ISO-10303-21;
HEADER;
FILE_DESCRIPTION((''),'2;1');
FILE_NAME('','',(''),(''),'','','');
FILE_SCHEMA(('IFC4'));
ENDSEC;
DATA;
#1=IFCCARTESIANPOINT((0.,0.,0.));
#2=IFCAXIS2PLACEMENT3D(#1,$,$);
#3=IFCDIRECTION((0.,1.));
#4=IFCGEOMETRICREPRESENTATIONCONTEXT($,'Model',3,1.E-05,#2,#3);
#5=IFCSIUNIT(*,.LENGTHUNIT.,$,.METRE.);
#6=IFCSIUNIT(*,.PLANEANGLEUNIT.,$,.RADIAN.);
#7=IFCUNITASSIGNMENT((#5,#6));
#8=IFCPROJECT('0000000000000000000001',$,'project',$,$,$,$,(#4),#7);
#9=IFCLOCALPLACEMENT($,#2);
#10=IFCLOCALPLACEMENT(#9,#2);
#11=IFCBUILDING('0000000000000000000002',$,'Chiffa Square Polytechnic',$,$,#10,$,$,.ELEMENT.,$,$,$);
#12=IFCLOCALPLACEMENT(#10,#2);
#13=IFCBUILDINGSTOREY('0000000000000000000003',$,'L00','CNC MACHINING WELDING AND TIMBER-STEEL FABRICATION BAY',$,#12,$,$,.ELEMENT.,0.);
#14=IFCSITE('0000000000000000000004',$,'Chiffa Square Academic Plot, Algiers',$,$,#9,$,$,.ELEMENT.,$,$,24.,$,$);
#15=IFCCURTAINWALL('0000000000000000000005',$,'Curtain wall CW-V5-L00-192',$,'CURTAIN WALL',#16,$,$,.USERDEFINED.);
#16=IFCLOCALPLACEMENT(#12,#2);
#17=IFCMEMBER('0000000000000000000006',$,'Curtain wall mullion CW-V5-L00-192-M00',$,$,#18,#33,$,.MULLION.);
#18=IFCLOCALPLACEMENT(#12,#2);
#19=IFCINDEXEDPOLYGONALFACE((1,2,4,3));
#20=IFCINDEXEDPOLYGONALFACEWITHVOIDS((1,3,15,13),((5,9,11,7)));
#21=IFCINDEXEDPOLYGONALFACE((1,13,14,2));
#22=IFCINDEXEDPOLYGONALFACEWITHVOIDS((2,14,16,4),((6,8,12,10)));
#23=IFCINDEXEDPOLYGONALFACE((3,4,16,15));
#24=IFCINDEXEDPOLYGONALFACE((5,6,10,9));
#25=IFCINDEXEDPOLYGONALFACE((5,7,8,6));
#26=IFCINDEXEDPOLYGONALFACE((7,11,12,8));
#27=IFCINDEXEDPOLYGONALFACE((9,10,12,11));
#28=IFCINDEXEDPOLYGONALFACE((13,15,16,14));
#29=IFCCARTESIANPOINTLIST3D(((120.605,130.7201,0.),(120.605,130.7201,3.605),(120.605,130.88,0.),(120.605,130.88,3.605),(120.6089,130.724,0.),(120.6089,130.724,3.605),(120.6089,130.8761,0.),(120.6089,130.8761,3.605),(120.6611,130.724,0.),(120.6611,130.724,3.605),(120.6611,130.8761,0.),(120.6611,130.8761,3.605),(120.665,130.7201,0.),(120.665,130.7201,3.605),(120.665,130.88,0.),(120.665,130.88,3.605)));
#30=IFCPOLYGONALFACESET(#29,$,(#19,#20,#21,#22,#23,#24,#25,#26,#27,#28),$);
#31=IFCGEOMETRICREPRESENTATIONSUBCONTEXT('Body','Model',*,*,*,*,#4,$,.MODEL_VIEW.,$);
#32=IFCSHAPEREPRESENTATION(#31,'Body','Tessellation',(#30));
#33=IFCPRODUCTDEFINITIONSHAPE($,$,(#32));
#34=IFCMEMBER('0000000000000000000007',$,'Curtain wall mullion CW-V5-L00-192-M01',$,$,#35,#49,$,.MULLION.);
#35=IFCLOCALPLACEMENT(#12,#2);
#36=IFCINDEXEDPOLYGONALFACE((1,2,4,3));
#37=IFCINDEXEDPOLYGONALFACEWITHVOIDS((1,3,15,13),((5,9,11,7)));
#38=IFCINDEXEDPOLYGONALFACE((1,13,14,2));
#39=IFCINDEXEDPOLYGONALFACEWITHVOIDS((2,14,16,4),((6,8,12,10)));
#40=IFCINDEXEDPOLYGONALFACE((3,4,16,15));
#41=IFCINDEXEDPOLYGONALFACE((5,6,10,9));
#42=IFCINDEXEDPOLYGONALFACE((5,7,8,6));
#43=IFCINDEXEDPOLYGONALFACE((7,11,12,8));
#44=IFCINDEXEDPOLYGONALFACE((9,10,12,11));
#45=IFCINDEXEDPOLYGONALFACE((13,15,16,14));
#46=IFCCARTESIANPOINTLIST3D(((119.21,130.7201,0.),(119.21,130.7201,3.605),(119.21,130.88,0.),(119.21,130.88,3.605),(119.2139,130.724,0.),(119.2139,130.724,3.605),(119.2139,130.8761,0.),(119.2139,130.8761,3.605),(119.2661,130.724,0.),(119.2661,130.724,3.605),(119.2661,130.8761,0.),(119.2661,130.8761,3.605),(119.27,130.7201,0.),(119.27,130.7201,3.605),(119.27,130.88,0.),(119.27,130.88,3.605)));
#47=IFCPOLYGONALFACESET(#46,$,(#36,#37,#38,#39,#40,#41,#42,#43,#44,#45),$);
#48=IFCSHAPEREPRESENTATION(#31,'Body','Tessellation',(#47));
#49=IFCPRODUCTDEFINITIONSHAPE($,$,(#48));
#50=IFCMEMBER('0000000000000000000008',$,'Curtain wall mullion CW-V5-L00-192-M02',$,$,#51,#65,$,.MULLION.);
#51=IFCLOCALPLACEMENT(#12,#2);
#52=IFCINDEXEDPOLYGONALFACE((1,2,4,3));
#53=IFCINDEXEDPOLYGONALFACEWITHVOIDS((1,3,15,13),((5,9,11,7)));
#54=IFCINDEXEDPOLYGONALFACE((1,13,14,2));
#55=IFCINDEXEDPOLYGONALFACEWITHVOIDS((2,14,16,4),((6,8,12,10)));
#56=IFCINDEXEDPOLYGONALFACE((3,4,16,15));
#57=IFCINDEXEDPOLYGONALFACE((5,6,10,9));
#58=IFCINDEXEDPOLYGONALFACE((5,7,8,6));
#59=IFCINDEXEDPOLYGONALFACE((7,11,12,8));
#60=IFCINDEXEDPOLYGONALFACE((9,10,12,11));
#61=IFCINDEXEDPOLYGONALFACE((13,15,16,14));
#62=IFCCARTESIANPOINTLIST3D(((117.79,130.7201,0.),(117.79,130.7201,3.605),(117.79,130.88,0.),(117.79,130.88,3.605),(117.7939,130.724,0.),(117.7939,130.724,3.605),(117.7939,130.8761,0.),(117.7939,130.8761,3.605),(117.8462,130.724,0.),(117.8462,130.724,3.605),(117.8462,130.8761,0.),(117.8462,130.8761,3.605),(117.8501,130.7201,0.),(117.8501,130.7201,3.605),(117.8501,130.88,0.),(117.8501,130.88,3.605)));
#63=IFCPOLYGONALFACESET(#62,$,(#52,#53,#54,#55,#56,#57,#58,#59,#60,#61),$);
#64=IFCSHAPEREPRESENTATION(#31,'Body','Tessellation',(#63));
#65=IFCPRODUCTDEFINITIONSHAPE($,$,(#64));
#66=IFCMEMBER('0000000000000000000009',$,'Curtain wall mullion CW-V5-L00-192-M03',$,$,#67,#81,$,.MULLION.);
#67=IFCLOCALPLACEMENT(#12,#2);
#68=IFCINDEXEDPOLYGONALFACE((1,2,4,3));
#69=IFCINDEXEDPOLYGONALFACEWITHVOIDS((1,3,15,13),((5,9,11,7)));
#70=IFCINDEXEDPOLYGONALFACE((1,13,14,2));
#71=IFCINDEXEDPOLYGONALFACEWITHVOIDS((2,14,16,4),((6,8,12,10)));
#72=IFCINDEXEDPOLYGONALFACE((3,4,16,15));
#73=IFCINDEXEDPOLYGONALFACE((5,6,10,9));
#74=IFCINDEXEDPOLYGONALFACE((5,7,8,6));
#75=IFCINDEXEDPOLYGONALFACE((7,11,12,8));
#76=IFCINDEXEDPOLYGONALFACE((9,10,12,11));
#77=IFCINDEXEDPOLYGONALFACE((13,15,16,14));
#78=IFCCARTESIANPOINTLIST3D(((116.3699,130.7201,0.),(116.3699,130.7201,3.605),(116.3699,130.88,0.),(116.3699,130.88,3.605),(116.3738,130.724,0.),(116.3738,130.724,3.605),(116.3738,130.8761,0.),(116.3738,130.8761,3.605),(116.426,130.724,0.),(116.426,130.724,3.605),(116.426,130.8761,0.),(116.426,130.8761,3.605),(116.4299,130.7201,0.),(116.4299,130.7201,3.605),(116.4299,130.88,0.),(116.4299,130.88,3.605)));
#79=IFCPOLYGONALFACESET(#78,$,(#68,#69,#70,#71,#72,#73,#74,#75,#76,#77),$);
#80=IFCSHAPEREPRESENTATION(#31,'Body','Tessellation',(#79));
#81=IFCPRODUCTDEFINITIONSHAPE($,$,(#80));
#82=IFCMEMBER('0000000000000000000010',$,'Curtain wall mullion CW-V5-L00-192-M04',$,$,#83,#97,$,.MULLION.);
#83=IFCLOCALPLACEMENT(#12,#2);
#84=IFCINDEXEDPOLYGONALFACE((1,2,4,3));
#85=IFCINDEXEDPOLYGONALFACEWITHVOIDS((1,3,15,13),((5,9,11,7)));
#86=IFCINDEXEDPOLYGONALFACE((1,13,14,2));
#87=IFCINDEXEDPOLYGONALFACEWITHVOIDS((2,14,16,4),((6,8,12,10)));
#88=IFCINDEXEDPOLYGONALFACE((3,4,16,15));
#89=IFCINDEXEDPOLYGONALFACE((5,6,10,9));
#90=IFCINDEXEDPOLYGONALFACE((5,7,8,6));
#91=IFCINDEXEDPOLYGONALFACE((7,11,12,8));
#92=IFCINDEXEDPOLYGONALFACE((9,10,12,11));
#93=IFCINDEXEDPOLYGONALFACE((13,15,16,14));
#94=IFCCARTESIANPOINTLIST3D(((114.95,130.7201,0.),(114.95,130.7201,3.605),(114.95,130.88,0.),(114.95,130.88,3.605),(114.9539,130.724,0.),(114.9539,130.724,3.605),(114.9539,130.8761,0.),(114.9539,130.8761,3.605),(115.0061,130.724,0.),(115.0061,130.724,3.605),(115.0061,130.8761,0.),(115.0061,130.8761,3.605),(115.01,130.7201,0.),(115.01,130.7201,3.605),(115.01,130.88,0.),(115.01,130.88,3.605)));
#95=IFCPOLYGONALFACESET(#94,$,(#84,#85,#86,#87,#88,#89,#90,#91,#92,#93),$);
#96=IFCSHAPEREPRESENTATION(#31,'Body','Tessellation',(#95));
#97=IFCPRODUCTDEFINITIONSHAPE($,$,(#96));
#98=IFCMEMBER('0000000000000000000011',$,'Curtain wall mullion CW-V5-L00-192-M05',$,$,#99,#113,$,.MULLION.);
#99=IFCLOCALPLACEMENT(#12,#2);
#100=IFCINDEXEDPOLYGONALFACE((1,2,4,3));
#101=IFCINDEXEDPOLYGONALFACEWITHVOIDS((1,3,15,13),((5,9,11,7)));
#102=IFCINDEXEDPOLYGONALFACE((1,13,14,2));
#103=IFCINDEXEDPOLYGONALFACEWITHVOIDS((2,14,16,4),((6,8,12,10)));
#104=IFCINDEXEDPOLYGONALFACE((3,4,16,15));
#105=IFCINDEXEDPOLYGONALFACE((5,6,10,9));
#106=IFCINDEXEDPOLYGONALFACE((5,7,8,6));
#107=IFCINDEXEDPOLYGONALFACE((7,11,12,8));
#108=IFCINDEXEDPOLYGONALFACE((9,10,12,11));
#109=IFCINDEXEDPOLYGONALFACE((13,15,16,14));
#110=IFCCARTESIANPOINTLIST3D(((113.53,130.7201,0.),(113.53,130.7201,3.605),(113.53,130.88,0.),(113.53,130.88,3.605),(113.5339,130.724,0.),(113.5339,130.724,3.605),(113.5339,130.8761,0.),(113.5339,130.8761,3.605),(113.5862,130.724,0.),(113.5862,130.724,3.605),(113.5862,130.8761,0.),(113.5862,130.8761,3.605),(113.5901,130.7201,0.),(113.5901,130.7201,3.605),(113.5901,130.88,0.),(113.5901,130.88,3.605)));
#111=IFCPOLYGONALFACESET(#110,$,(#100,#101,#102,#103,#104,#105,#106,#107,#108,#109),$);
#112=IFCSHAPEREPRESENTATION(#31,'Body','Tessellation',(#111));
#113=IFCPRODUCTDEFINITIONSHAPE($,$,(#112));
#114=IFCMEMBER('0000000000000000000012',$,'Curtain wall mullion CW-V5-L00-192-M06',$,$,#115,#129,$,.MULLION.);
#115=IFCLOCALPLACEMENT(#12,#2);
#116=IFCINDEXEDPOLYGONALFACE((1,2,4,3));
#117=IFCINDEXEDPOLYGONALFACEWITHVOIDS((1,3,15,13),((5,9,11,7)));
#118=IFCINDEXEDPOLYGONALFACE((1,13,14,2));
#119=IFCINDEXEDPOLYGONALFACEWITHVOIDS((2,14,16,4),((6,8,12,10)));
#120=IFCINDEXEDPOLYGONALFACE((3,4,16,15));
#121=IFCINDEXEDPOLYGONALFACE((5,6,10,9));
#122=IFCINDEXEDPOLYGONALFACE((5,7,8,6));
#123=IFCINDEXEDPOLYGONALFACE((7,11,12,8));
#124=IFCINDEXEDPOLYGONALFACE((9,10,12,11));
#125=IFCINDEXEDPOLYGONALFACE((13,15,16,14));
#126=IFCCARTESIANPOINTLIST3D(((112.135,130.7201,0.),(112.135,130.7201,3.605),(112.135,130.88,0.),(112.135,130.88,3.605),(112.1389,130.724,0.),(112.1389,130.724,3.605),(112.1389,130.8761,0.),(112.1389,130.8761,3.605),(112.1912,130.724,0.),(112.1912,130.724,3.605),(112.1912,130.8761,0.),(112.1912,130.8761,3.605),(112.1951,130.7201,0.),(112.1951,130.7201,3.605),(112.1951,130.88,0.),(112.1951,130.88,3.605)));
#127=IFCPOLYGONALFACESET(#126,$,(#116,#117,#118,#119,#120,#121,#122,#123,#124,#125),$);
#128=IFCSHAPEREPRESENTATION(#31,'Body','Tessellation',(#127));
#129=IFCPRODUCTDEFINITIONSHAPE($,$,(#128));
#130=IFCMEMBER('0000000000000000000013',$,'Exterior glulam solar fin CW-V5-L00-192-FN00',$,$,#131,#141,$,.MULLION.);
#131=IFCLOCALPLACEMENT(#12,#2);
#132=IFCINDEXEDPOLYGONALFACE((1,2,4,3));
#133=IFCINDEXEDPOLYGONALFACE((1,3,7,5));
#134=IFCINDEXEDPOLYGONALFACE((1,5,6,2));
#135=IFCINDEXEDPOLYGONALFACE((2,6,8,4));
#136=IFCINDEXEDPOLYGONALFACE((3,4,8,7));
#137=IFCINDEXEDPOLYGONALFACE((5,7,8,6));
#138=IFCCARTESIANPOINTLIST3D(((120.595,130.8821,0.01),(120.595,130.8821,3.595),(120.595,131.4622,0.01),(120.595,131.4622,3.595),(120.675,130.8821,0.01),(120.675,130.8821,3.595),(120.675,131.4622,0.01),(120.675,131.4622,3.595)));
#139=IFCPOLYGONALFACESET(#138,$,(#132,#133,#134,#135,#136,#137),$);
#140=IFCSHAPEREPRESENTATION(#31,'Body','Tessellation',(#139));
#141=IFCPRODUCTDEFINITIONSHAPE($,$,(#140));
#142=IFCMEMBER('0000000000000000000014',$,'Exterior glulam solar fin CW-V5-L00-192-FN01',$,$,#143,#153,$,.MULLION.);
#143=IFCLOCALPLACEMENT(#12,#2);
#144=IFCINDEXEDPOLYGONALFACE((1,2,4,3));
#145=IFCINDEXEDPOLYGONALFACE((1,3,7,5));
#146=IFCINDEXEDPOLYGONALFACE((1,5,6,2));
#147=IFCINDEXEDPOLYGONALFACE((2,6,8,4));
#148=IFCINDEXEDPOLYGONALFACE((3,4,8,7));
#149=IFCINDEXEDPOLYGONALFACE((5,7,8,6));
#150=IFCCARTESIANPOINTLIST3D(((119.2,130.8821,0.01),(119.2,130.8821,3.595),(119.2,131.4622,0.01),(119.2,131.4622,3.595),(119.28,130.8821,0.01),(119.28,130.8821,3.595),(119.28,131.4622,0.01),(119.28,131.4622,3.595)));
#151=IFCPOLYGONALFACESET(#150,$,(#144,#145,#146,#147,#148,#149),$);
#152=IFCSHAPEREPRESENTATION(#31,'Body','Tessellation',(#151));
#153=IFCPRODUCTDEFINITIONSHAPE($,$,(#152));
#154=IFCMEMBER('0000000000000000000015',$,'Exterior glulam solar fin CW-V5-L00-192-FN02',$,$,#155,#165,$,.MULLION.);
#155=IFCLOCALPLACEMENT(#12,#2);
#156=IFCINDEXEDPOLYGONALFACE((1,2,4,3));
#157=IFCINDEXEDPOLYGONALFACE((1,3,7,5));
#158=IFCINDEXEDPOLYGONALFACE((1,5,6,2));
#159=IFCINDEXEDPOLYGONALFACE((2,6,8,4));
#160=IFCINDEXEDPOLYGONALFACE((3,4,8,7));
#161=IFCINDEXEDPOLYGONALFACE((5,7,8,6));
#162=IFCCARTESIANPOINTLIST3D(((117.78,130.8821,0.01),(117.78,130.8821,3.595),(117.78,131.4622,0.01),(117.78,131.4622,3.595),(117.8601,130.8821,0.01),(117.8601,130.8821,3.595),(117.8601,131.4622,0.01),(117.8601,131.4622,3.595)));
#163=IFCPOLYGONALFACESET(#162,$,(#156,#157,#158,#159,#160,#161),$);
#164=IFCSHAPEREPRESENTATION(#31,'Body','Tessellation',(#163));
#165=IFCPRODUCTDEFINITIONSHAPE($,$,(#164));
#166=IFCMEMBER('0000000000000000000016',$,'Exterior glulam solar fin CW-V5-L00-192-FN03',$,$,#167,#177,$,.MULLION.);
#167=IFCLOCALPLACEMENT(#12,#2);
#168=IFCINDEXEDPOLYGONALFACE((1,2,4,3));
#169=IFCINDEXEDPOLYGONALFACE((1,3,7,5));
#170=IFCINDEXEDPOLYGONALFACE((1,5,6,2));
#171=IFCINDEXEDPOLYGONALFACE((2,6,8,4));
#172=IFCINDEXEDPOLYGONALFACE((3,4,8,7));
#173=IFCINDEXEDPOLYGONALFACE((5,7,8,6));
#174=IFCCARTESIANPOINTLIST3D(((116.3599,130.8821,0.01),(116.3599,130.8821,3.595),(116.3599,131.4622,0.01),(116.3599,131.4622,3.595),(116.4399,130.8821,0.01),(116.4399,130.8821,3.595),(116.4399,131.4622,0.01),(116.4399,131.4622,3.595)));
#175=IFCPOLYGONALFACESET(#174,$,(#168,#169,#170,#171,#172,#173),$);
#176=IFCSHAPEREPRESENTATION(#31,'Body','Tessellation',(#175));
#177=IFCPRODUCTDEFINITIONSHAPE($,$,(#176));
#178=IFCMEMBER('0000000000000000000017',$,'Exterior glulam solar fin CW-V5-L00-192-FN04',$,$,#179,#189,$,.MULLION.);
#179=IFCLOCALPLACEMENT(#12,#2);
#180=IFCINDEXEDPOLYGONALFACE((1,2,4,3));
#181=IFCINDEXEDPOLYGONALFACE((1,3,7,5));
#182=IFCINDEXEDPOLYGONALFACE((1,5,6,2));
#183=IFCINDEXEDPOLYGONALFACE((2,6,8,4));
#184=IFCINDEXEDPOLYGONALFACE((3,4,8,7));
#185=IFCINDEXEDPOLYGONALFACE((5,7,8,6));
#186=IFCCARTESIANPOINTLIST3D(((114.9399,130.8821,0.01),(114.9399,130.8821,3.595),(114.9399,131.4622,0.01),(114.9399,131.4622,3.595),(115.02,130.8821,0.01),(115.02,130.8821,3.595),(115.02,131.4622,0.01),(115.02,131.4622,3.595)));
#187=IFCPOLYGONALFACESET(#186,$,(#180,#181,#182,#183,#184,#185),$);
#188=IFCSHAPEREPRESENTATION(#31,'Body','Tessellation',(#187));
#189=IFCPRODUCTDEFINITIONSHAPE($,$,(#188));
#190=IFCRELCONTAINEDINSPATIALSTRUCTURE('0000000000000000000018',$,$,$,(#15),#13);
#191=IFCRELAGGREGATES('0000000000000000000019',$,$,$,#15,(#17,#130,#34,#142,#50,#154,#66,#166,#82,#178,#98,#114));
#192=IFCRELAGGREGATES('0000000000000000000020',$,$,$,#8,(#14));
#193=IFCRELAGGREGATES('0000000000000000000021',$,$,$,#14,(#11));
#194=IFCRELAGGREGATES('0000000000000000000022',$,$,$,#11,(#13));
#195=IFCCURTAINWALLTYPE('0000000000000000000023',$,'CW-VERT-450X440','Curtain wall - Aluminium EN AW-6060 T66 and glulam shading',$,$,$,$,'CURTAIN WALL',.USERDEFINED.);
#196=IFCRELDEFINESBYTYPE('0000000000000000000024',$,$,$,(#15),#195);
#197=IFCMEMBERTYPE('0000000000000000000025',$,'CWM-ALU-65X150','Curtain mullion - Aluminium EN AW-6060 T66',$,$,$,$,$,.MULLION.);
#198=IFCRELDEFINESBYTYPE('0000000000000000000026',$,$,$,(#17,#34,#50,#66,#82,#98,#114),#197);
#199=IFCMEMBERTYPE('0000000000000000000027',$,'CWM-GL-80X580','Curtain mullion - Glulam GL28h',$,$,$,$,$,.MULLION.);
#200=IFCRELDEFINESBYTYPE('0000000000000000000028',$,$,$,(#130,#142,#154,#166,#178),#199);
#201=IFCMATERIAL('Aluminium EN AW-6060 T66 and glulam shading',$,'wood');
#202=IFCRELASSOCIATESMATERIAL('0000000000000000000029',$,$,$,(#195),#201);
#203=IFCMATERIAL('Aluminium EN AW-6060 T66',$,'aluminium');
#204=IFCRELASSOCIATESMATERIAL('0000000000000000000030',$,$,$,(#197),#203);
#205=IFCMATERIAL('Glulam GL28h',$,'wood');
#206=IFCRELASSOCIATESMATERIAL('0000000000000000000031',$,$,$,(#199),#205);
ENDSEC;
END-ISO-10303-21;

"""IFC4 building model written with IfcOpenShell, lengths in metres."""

from ifc_helpers import new_model, si_unit, direction, frame, origin, origin_2d, place, context, subcontext, project, spatial, rectangle, hollow_rectangle, extrude, material, material_profile, profile_set, type_object, element, aggregate, save


model = new_model("IFC4")

# Units and contexts
model_context = context("Model", 3, precision=1e-05, world=origin(), true_north=direction((0.0, 1.0)))
body_context = subcontext(model_context, "Body", "Model", "MODEL_VIEW")
ifc_project = project(units=[si_unit("LENGTHUNIT", "METRE"), si_unit("PLANEANGLEUNIT", "RADIAN")], contexts=[model_context])

# Site, building, storey
site_placement = place(None, origin())
site = spatial("IfcSite", under=ifc_project, at=site_placement, Name="Chiffa Square Academic Plot, Algiers", CompositionType="ELEMENT", RefElevation=24.0)
building_placement = place(site_placement, origin())
building = spatial("IfcBuilding", under=site, at=building_placement, Name="Chiffa Square Polytechnic", CompositionType="ELEMENT")
storey_placement = place(building_placement, origin())
storey = spatial("IfcBuildingStorey", under=building, at=storey_placement, Name="L00", Description="CNC MACHINING WELDING AND TIMBER-STEEL FABRICATION BAY", CompositionType="ELEMENT", Elevation=0.0)

# Curtain wall, members
ifc_material_1 = material(Name="Aluminium EN AW-6060 T66 and glulam shading", Category="wood")
curtain_wall_type = type_object("IfcCurtainWallType", Name="CW-VERT-450X440", Description="Curtain wall - Aluminium EN AW-6060 T66 and glulam shading", ElementType="CURTAIN WALL", PredefinedType="USERDEFINED", material=ifc_material_1)
curtain_wall_placement = place(storey_placement, origin())
curtain_wall = element("IfcCurtainWall", 1, at=curtain_wall_placement, inside=storey, type_object=curtain_wall_type, Name="Curtain wall CW-V5-L00-192", ObjectType="CURTAIN WALL", PredefinedType="USERDEFINED")
ifc_material_2 = material(Name="Aluminium EN AW-6060 T66", Category="aluminium")
ifc_material_profile_1 = material_profile(ifc_material_2, hollow_rectangle(XDim=0.0601, YDim=0.1599, WallThickness=0.0039, at=origin_2d()), Name="ALU 60x160x4")
ifc_profile_set_1 = profile_set([ifc_material_profile_1], Name="Aluminium EN AW-6060 T66")
member_type_1 = type_object("IfcMemberType", Name="CWM-ALU-65X150", Description="Curtain mullion - Aluminium EN AW-6060 T66", PredefinedType="MULLION", material=ifc_profile_set_1)
member_1_placement = place(storey_placement, frame((120.635, 130.8, 0.0), z_axis=(0.0, 0.0, 1.0), x_axis=(1.0, 0.0, 0.0)))
member_1 = element("IfcMember", 2, at=member_1_placement, type_object=member_type_1, Name="Curtain wall mullion CW-V5-L00-192-M00", PredefinedType="MULLION", context=body_context, shape_type="SweptSolid", body=[
    extrude(hollow_rectangle(XDim=0.0601, YDim=0.1599, WallThickness=0.0039, at=origin_2d()), origin(), (0.0, 0.0, 1.0), 3.605),
])
member_2_placement = place(storey_placement, frame((119.24, 130.8, 0.0), z_axis=(0.0, 0.0, 1.0), x_axis=(1.0, 0.0, 0.0)))
member_2 = element("IfcMember", 3, at=member_2_placement, type_object=member_type_1, Name="Curtain wall mullion CW-V5-L00-192-M01", PredefinedType="MULLION", context=body_context, shape_type="SweptSolid", body=[
    extrude(hollow_rectangle(XDim=0.0601, YDim=0.1599, WallThickness=0.0039, at=origin_2d()), origin(), (0.0, 0.0, 1.0), 3.605),
])
member_3_placement = place(storey_placement, frame((117.8201, 130.8, 0.0), z_axis=(0.0, 0.0, 1.0), x_axis=(1.0, 0.0, 0.0)))
member_3 = element("IfcMember", 4, at=member_3_placement, type_object=member_type_1, Name="Curtain wall mullion CW-V5-L00-192-M02", PredefinedType="MULLION", context=body_context, shape_type="SweptSolid", body=[
    extrude(hollow_rectangle(XDim=0.0601, YDim=0.1599, WallThickness=0.0039, at=origin_2d()), origin(), (0.0, 0.0, 1.0), 3.605),
])
member_4_placement = place(storey_placement, frame((116.3999, 130.8, 0.0), z_axis=(0.0, 0.0, 1.0), x_axis=(1.0, 0.0, 0.0)))
member_4 = element("IfcMember", 5, at=member_4_placement, type_object=member_type_1, Name="Curtain wall mullion CW-V5-L00-192-M03", PredefinedType="MULLION", context=body_context, shape_type="SweptSolid", body=[
    extrude(hollow_rectangle(XDim=0.0601, YDim=0.1599, WallThickness=0.0039, at=origin_2d()), origin(), (0.0, 0.0, 1.0), 3.605),
])
member_5_placement = place(storey_placement, frame((114.98, 130.8, 0.0), z_axis=(0.0, 0.0, 1.0), x_axis=(1.0, 0.0, 0.0)))
member_5 = element("IfcMember", 6, at=member_5_placement, type_object=member_type_1, Name="Curtain wall mullion CW-V5-L00-192-M04", PredefinedType="MULLION", context=body_context, shape_type="SweptSolid", body=[
    extrude(hollow_rectangle(XDim=0.0601, YDim=0.1599, WallThickness=0.0039, at=origin_2d()), origin(), (0.0, 0.0, 1.0), 3.605),
])
member_6_placement = place(storey_placement, frame((113.5601, 130.8, 0.0), z_axis=(0.0, 0.0, 1.0), x_axis=(1.0, 0.0, 0.0)))
member_6 = element("IfcMember", 7, at=member_6_placement, type_object=member_type_1, Name="Curtain wall mullion CW-V5-L00-192-M05", PredefinedType="MULLION", context=body_context, shape_type="SweptSolid", body=[
    extrude(hollow_rectangle(XDim=0.0601, YDim=0.1599, WallThickness=0.0039, at=origin_2d()), origin(), (0.0, 0.0, 1.0), 3.605),
])
member_7_placement = place(storey_placement, frame((112.165, 130.8, 0.0), z_axis=(0.0, 0.0, 1.0), x_axis=(1.0, 0.0, 0.0)))
member_7 = element("IfcMember", 8, at=member_7_placement, type_object=member_type_1, Name="Curtain wall mullion CW-V5-L00-192-M06", PredefinedType="MULLION", context=body_context, shape_type="SweptSolid", body=[
    extrude(hollow_rectangle(XDim=0.0601, YDim=0.1599, WallThickness=0.0039, at=origin_2d()), origin(), (0.0, 0.0, 1.0), 3.605),
])
ifc_material_3 = material(Name="Glulam GL28h", Category="wood")
ifc_material_profile_2 = material_profile(ifc_material_3, rectangle(XDim=0.0801, YDim=0.5801, at=origin_2d()), Name="GL28h 80x580")
ifc_profile_set_2 = profile_set([ifc_material_profile_2], Name="Glulam GL28h")
member_type_2 = type_object("IfcMemberType", Name="CWM-GL-80X580", Description="Curtain mullion - Glulam GL28h", PredefinedType="MULLION", material=ifc_profile_set_2)
member_8_placement = place(storey_placement, frame((120.635, 131.1721, 0.01), z_axis=(0.0, 0.0, 1.0), x_axis=(-1.0, 0.0, 0.0)))
member_8 = element("IfcMember", 9, at=member_8_placement, type_object=member_type_2, Name="Exterior glulam solar fin CW-V5-L00-192-FN00", PredefinedType="MULLION", context=body_context, shape_type="SweptSolid", body=[
    extrude(rectangle(XDim=0.0801, YDim=0.5801, at=origin_2d()), origin(), (0.0, 0.0, 1.0), 3.585),
])
member_9_placement = place(storey_placement, frame((119.24, 131.1721, 0.01), z_axis=(0.0, 0.0, 1.0), x_axis=(-1.0, 0.0, 0.0)))
member_9 = element("IfcMember", 10, at=member_9_placement, type_object=member_type_2, Name="Exterior glulam solar fin CW-V5-L00-192-FN01", PredefinedType="MULLION", context=body_context, shape_type="SweptSolid", body=[
    extrude(rectangle(XDim=0.0801, YDim=0.5801, at=origin_2d()), origin(), (0.0, 0.0, 1.0), 3.585),
])
member_10_placement = place(storey_placement, frame((117.8201, 131.1721, 0.01), z_axis=(0.0, 0.0, 1.0), x_axis=(-1.0, 0.0, 0.0)))
member_10 = element("IfcMember", 11, at=member_10_placement, type_object=member_type_2, Name="Exterior glulam solar fin CW-V5-L00-192-FN02", PredefinedType="MULLION", context=body_context, shape_type="SweptSolid", body=[
    extrude(rectangle(XDim=0.0801, YDim=0.5801, at=origin_2d()), origin(), (0.0, 0.0, 1.0), 3.585),
])
member_11_placement = place(storey_placement, frame((116.3999, 131.1721, 0.01), z_axis=(0.0, 0.0, 1.0), x_axis=(-1.0, 0.0, 0.0)))
member_11 = element("IfcMember", 12, at=member_11_placement, type_object=member_type_2, Name="Exterior glulam solar fin CW-V5-L00-192-FN03", PredefinedType="MULLION", context=body_context, shape_type="SweptSolid", body=[
    extrude(rectangle(XDim=0.0801, YDim=0.5801, at=origin_2d()), origin(), (0.0, 0.0, 1.0), 3.585),
])
member_12_placement = place(storey_placement, frame((114.98, 131.1721, 0.01), z_axis=(0.0, 0.0, 1.0), x_axis=(-1.0, 0.0, 0.0)))
member_12 = element("IfcMember", 13, at=member_12_placement, type_object=member_type_2, Name="Exterior glulam solar fin CW-V5-L00-192-FN04", PredefinedType="MULLION", context=body_context, shape_type="SweptSolid", body=[
    extrude(rectangle(XDim=0.0801, YDim=0.5801, at=origin_2d()), origin(), (0.0, 0.0, 1.0), 3.585),
])

aggregate(curtain_wall, [member_1, member_8, member_2, member_9, member_3, member_10, member_4, member_11, member_5, member_12, member_6, member_7])

save(model, "model.ifc")
